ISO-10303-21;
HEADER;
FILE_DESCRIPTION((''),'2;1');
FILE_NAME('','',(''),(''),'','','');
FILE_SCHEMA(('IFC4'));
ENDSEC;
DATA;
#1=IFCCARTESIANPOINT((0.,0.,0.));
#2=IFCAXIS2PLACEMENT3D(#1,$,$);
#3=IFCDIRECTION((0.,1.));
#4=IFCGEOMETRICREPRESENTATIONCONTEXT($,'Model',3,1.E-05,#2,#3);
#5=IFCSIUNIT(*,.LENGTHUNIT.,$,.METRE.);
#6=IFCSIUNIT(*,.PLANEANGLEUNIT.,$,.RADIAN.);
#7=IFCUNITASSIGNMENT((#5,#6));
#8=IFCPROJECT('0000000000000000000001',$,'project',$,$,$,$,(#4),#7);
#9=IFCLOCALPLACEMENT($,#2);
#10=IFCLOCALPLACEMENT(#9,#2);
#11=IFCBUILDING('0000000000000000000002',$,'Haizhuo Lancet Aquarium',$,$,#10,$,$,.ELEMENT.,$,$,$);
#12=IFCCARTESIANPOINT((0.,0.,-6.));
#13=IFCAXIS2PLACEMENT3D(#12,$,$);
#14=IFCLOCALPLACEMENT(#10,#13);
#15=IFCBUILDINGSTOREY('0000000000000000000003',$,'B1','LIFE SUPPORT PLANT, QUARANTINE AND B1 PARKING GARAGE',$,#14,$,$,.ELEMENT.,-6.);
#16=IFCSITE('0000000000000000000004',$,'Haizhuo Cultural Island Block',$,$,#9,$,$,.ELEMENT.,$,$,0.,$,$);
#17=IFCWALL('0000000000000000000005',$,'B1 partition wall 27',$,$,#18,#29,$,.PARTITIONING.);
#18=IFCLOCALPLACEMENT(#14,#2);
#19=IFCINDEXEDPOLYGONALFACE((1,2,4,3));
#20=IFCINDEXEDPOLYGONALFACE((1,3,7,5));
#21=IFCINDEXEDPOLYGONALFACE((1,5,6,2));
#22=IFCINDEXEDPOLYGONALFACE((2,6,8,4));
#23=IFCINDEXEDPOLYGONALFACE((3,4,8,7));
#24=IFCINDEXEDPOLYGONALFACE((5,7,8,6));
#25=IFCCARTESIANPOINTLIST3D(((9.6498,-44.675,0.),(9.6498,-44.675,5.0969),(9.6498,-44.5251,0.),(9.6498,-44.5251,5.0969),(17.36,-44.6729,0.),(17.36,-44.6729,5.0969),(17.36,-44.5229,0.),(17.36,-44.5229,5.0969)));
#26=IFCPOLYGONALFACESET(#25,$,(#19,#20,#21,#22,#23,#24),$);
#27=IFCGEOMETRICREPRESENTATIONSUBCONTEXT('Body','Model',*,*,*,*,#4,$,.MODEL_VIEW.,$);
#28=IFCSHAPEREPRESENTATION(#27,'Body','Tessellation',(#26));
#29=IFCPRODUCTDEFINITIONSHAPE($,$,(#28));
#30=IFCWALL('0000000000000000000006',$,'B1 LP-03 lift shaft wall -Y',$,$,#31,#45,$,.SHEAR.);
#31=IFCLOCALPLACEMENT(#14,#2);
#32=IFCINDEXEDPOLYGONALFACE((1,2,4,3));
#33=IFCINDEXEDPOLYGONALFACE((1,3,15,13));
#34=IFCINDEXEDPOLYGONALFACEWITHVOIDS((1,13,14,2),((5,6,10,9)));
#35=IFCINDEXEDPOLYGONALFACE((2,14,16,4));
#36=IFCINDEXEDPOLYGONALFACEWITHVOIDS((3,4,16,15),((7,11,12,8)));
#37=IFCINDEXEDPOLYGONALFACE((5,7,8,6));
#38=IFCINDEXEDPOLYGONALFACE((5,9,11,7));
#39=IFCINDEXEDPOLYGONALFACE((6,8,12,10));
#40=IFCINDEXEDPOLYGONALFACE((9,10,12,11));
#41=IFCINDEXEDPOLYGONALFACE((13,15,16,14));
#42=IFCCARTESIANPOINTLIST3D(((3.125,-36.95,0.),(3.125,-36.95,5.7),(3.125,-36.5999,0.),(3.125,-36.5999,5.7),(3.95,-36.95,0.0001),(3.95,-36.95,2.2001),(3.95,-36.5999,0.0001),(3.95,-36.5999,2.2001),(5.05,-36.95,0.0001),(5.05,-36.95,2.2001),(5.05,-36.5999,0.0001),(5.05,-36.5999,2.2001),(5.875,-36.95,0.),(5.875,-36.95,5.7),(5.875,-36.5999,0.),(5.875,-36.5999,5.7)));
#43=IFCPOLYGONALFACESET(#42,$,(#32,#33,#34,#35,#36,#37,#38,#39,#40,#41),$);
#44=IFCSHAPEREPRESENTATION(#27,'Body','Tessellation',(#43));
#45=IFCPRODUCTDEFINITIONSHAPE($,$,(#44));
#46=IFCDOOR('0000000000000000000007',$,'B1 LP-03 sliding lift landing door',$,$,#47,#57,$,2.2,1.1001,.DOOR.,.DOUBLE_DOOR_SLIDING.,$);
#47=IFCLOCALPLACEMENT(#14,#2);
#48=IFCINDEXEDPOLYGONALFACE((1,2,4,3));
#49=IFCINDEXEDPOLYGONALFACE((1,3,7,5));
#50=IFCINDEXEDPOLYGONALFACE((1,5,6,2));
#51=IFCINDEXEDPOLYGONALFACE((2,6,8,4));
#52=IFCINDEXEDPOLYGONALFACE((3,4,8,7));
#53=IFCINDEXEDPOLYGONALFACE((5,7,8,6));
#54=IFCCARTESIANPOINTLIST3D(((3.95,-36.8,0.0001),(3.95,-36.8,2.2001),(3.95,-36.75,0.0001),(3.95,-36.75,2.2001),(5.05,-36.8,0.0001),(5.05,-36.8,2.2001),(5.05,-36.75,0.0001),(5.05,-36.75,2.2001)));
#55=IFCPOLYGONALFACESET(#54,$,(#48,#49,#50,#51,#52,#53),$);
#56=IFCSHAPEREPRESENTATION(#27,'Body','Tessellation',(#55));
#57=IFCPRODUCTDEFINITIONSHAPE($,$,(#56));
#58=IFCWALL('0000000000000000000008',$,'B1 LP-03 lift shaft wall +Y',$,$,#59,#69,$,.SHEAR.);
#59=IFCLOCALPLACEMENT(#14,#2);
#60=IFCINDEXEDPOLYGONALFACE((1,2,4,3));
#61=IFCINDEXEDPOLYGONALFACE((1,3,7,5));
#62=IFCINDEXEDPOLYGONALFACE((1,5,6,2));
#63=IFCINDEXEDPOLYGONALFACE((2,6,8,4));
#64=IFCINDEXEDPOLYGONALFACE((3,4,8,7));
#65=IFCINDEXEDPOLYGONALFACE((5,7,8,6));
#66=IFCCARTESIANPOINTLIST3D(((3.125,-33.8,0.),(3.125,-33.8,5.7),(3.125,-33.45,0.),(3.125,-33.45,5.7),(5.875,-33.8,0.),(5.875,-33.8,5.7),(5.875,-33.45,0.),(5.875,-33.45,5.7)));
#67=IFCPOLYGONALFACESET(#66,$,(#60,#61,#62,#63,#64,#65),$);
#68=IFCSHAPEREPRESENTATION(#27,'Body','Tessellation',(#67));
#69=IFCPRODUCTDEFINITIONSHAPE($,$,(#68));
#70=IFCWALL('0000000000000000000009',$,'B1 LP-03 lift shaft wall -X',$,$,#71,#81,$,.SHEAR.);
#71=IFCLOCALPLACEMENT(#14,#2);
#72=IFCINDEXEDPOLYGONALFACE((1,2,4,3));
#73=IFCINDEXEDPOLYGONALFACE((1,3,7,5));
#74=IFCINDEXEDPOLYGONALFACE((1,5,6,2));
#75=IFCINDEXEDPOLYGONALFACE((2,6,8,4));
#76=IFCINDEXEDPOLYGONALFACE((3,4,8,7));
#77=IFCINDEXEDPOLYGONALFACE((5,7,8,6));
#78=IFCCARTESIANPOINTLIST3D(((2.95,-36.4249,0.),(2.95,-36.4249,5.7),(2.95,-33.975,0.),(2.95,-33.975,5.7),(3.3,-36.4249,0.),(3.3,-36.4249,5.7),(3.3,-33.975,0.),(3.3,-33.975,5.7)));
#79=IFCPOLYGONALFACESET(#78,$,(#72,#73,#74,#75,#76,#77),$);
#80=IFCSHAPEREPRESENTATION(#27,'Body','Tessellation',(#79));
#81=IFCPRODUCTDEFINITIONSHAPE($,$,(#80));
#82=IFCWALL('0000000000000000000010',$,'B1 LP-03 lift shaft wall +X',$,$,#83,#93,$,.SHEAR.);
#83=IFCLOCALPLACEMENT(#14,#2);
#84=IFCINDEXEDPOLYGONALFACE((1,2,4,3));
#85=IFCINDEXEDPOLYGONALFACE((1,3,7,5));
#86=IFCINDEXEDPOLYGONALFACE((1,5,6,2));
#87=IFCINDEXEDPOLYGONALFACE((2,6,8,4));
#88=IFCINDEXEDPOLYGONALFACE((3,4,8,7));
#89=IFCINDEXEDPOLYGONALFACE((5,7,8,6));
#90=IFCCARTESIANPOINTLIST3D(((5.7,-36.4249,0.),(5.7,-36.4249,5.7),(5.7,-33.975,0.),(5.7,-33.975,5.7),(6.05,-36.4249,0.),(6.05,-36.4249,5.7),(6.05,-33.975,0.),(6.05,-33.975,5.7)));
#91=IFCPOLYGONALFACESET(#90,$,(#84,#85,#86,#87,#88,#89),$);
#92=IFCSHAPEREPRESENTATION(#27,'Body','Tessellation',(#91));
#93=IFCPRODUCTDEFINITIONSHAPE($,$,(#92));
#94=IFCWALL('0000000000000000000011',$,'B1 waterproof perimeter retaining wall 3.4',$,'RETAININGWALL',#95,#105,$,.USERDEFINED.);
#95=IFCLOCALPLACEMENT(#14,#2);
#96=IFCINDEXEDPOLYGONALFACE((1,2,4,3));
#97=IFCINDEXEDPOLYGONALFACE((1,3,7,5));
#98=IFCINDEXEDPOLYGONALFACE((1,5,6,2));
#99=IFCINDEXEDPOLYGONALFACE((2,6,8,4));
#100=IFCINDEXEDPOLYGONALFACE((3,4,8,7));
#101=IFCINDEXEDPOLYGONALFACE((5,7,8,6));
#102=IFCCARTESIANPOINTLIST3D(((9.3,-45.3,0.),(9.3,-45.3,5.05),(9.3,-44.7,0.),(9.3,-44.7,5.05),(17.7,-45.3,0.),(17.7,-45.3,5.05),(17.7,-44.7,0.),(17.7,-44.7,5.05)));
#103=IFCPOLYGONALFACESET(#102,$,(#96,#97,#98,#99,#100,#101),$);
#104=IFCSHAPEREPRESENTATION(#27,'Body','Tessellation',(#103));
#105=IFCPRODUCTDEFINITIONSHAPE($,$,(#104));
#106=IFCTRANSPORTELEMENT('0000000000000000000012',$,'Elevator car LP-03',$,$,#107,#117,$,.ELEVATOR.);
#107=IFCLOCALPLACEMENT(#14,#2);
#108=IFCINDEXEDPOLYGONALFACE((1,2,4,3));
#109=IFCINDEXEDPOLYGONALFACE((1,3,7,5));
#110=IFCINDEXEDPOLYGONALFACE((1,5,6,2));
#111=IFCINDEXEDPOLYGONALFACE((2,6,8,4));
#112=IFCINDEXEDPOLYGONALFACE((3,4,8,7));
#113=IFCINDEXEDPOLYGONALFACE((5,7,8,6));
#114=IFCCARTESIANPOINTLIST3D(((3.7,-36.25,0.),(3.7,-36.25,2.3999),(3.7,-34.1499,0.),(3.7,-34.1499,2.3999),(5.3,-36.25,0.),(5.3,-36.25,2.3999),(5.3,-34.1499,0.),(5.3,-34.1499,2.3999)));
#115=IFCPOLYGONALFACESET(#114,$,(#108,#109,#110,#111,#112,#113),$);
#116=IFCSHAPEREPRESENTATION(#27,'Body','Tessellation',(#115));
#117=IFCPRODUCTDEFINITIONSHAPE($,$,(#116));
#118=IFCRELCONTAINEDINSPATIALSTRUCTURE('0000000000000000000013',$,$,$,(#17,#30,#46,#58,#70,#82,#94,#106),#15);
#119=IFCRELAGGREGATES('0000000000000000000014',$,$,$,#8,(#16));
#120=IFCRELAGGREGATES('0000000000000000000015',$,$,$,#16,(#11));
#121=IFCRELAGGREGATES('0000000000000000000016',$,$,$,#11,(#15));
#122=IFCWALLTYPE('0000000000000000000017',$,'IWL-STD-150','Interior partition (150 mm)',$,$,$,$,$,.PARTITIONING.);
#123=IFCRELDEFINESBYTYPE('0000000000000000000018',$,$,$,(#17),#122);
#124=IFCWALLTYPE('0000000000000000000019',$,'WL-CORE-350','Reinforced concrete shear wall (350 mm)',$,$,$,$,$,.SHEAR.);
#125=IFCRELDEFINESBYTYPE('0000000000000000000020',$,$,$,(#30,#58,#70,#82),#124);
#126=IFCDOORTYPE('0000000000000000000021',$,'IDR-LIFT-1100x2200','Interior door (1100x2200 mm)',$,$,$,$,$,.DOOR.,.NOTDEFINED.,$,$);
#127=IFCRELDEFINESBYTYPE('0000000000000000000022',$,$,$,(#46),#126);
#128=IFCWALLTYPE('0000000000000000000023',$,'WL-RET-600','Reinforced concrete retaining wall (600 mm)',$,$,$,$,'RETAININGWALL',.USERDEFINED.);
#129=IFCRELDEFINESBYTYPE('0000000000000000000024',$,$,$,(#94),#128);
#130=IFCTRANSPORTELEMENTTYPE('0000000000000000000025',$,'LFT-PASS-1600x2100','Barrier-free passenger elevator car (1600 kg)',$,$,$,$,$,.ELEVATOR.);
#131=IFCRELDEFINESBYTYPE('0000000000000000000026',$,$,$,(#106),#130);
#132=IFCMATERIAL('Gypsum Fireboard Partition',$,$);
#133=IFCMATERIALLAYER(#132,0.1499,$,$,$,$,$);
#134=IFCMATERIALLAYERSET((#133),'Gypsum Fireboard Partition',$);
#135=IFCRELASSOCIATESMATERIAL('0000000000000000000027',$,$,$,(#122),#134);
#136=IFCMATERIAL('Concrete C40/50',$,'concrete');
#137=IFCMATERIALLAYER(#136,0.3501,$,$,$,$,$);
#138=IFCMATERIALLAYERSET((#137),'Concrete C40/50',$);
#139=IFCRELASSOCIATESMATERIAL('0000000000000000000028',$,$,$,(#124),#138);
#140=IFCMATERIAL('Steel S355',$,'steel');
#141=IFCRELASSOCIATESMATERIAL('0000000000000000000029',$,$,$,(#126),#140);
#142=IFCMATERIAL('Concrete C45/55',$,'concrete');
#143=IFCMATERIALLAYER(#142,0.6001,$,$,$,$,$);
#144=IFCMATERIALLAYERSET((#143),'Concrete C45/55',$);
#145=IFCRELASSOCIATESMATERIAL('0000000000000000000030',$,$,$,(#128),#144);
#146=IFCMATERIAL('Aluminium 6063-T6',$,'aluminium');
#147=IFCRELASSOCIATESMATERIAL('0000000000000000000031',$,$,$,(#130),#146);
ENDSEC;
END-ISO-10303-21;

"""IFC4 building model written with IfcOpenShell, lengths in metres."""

from ifc_helpers import new_model, si_unit, direction, frame, frame_2d, origin, origin_2d, place, context, subcontext, project, spatial, rectangle, extrude, material, layer, layer_set, type_object, element, fill, save


model = new_model("IFC4")

# Units and contexts
model_context = context("Model", 3, precision=1e-05, world=origin(), true_north=direction((0.0, 1.0)))
body_context = subcontext(model_context, "Body", "Model", "MODEL_VIEW")
ifc_project = project(units=[si_unit("LENGTHUNIT", "METRE"), si_unit("PLANEANGLEUNIT", "RADIAN")], contexts=[model_context])

# Site, building, storey
site_placement = place(None, origin())
site = spatial("IfcSite", under=ifc_project, at=site_placement, Name="Haizhuo Cultural Island Block", CompositionType="ELEMENT", RefElevation=0.0)
building_placement = place(site_placement, origin())
building = spatial("IfcBuilding", under=site, at=building_placement, Name="Haizhuo Lancet Aquarium", CompositionType="ELEMENT")
storey_placement = place(building_placement, frame((0.0, 0.0, -6.0)))
storey = spatial("IfcBuildingStorey", under=building, at=storey_placement, Name="B1", Description="LIFE SUPPORT PLANT, QUARANTINE AND B1 PARKING GARAGE", CompositionType="ELEMENT", Elevation=-6.0)

# Shared definitions
ifc_material_1 = material(Name="Concrete C40/50", Category="concrete")

# Shared definitions
ifc_material_2 = material(Name="Steel S355", Category="steel")

# Wall
ifc_material_3 = material(Name="Gypsum Fireboard Partition")
ifc_layer_1 = layer(ifc_material_3, 0.1499)
ifc_layer_set_1 = layer_set([ifc_layer_1], Name="Gypsum Fireboard Partition")
wall_type_1 = type_object("IfcWallType", Name="IWL-STD-150", Description="Interior partition (150 mm)", PredefinedType="PARTITIONING", material=ifc_layer_set_1)
wall_1_placement = place(storey_placement, frame((9.6499, -44.6001, 0.0), z_axis=(0.0, 0.0, 1.0), x_axis=(1.0, 0.000285, 0.0)))
element("IfcWall", 1, at=wall_1_placement, inside=storey, type_object=wall_type_1, Name="B1 partition wall 27", PredefinedType="PARTITIONING", context=body_context, shape_type="SweptSolid", body=[
    extrude(rectangle(XDim=7.7102, YDim=0.1499, at=frame_2d((3.855, 0.0))), origin(), (0.0, 0.0, 1.0), 5.0969),
])

# Wall, opening, door
ifc_layer_2 = layer(ifc_material_1, 0.3501)
ifc_layer_set_2 = layer_set([ifc_layer_2], Name="Concrete C40/50")
wall_type_2 = type_object("IfcWallType", Name="WL-CORE-350", Description="Reinforced concrete shear wall (350 mm)", PredefinedType="SHEAR", material=ifc_layer_set_2)
wall_2_placement = place(storey_placement, frame((3.125, -36.7749, 0.0), z_axis=(0.0, 0.0, 1.0), x_axis=(1.0, 0.0, 0.0)))
wall_2 = element("IfcWall", 2, at=wall_2_placement, inside=storey, type_object=wall_type_2, Name="B1 LP-03 lift shaft wall -Y", PredefinedType="SHEAR", context=body_context, shape_type="SweptSolid", body=[
    extrude(rectangle(XDim=2.75, YDim=0.3501, at=frame_2d((1.375, 0.0))), origin(), (0.0, 0.0, 1.0), 5.7),
])
opening_placement = place(wall_2_placement, frame((0.825, 0.0, 0.0)))
opening = element("IfcOpeningElement", 3, at=opening_placement, cuts=wall_2, PredefinedType="OPENING", context=body_context, shape_type="SweptSolid", body=[
    extrude(rectangle(XDim=1.1001, YDim=2.2, at=frame_2d((0.55, 1.1001))), frame((0.0, 0.1851, 0.0), z_axis=(0.0, -1.0, 0.0), x_axis=(1.0, 0.0, 0.0)), (0.0, 0.0, 1.0), 0.3701),
])
door_type = type_object("IfcDoorType", Name="IDR-LIFT-1100x2200", Description="Interior door (1100x2200 mm)", OperationType="NOTDEFINED", PredefinedType="DOOR", material=ifc_material_2)
door_placement = place(opening_placement, origin())
door = element("IfcDoor", 4, at=door_placement, inside=storey, type_object=door_type, Name="B1 LP-03 sliding lift landing door", OperationType="DOUBLE_DOOR_SLIDING", OverallHeight=2.2, OverallWidth=1.1001, PredefinedType="DOOR", context=body_context, shape_type="SweptSolid", body=[
    extrude(rectangle(XDim=1.1001, YDim=2.2, at=frame_2d((0.55, 1.1001))), frame((0.0, 0.0249, 0.0), z_axis=(0.0, -1.0, 0.0), x_axis=(1.0, 0.0, 0.0)), (0.0, 0.0, 1.0), 0.05),
])
fill(opening, door)

# Walls
wall_3_placement = place(storey_placement, frame((5.875, -33.625, 0.0), z_axis=(0.0, 0.0, 1.0), x_axis=(-1.0, 0.0, 0.0)))
element("IfcWall", 5, at=wall_3_placement, inside=storey, type_object=wall_type_2, Name="B1 LP-03 lift shaft wall +Y", PredefinedType="SHEAR", context=body_context, shape_type="SweptSolid", body=[
    extrude(rectangle(XDim=2.75, YDim=0.3501, at=frame_2d((1.375, 0.0))), origin(), (0.0, 0.0, 1.0), 5.7),
])
for number, where, z_axis, x_axis, name in (
    (6, (3.125, -36.425, 0.0), (0.0, 0.0, 1.0), (0.0, 1.0, 0.0), "B1 LP-03 lift shaft wall -X"),
    (7, (5.875, -36.425, 0.0), (0.0, 0.0, 1.0), (0.0, 1.0, 0.0), "B1 LP-03 lift shaft wall +X"),
):
    element("IfcWall", number, at=place(storey_placement, frame(where, z_axis=z_axis, x_axis=x_axis)), inside=storey, type_object=wall_type_2, Name=name, PredefinedType="SHEAR", context=body_context, shape_type="SweptSolid", body=[
        extrude(rectangle(XDim=2.45, YDim=0.3501, at=frame_2d((1.2251, 0.0))), origin(), (0.0, 0.0, 1.0), 5.7),
    ])
ifc_material_4 = material(Name="Concrete C45/55", Category="concrete")
ifc_layer_3 = layer(ifc_material_4, 0.6001)
ifc_layer_set_3 = layer_set([ifc_layer_3], Name="Concrete C45/55")
wall_type_3 = type_object("IfcWallType", Name="WL-RET-600", Description="Reinforced concrete retaining wall (600 mm)", ElementType="RETAININGWALL", PredefinedType="USERDEFINED", material=ifc_layer_set_3)
wall_4_placement = place(storey_placement, frame((9.3, -45.0, 0.0), z_axis=(0.0, 0.0, 1.0), x_axis=(1.0, 0.0, 0.0)))
element("IfcWall", 8, at=wall_4_placement, inside=storey, type_object=wall_type_3, Name="B1 waterproof perimeter retaining wall 3.4", ObjectType="RETAININGWALL", PredefinedType="USERDEFINED", context=body_context, shape_type="SweptSolid", body=[
    extrude(rectangle(XDim=8.3999, YDim=0.6001, at=frame_2d((4.2, 0.0))), origin(), (0.0, 0.0, 1.0), 5.05),
])

# Transport element
ifc_material_5 = material(Name="Aluminium 6063-T6", Category="aluminium")
transport_element_type = type_object("IfcTransportElementType", Name="LFT-PASS-1600x2100", Description="Barrier-free passenger elevator car (1600 kg)", PredefinedType="ELEVATOR", material=ifc_material_5)
transport_element_placement = place(storey_placement, frame((4.5, -35.2, 0.0), z_axis=(0.0, 0.0, 1.0), x_axis=(1.0, 0.0, 0.0)))
element("IfcTransportElement", 9, at=transport_element_placement, inside=storey, type_object=transport_element_type, Name="Elevator car LP-03", PredefinedType="ELEVATOR", context=body_context, shape_type="SweptSolid", body=[
    extrude(rectangle(XDim=1.6001, YDim=2.1001, at=origin_2d()), origin(), (0.0, 0.0, 1.0), 2.3999),
])

save(model, "model.ifc")
